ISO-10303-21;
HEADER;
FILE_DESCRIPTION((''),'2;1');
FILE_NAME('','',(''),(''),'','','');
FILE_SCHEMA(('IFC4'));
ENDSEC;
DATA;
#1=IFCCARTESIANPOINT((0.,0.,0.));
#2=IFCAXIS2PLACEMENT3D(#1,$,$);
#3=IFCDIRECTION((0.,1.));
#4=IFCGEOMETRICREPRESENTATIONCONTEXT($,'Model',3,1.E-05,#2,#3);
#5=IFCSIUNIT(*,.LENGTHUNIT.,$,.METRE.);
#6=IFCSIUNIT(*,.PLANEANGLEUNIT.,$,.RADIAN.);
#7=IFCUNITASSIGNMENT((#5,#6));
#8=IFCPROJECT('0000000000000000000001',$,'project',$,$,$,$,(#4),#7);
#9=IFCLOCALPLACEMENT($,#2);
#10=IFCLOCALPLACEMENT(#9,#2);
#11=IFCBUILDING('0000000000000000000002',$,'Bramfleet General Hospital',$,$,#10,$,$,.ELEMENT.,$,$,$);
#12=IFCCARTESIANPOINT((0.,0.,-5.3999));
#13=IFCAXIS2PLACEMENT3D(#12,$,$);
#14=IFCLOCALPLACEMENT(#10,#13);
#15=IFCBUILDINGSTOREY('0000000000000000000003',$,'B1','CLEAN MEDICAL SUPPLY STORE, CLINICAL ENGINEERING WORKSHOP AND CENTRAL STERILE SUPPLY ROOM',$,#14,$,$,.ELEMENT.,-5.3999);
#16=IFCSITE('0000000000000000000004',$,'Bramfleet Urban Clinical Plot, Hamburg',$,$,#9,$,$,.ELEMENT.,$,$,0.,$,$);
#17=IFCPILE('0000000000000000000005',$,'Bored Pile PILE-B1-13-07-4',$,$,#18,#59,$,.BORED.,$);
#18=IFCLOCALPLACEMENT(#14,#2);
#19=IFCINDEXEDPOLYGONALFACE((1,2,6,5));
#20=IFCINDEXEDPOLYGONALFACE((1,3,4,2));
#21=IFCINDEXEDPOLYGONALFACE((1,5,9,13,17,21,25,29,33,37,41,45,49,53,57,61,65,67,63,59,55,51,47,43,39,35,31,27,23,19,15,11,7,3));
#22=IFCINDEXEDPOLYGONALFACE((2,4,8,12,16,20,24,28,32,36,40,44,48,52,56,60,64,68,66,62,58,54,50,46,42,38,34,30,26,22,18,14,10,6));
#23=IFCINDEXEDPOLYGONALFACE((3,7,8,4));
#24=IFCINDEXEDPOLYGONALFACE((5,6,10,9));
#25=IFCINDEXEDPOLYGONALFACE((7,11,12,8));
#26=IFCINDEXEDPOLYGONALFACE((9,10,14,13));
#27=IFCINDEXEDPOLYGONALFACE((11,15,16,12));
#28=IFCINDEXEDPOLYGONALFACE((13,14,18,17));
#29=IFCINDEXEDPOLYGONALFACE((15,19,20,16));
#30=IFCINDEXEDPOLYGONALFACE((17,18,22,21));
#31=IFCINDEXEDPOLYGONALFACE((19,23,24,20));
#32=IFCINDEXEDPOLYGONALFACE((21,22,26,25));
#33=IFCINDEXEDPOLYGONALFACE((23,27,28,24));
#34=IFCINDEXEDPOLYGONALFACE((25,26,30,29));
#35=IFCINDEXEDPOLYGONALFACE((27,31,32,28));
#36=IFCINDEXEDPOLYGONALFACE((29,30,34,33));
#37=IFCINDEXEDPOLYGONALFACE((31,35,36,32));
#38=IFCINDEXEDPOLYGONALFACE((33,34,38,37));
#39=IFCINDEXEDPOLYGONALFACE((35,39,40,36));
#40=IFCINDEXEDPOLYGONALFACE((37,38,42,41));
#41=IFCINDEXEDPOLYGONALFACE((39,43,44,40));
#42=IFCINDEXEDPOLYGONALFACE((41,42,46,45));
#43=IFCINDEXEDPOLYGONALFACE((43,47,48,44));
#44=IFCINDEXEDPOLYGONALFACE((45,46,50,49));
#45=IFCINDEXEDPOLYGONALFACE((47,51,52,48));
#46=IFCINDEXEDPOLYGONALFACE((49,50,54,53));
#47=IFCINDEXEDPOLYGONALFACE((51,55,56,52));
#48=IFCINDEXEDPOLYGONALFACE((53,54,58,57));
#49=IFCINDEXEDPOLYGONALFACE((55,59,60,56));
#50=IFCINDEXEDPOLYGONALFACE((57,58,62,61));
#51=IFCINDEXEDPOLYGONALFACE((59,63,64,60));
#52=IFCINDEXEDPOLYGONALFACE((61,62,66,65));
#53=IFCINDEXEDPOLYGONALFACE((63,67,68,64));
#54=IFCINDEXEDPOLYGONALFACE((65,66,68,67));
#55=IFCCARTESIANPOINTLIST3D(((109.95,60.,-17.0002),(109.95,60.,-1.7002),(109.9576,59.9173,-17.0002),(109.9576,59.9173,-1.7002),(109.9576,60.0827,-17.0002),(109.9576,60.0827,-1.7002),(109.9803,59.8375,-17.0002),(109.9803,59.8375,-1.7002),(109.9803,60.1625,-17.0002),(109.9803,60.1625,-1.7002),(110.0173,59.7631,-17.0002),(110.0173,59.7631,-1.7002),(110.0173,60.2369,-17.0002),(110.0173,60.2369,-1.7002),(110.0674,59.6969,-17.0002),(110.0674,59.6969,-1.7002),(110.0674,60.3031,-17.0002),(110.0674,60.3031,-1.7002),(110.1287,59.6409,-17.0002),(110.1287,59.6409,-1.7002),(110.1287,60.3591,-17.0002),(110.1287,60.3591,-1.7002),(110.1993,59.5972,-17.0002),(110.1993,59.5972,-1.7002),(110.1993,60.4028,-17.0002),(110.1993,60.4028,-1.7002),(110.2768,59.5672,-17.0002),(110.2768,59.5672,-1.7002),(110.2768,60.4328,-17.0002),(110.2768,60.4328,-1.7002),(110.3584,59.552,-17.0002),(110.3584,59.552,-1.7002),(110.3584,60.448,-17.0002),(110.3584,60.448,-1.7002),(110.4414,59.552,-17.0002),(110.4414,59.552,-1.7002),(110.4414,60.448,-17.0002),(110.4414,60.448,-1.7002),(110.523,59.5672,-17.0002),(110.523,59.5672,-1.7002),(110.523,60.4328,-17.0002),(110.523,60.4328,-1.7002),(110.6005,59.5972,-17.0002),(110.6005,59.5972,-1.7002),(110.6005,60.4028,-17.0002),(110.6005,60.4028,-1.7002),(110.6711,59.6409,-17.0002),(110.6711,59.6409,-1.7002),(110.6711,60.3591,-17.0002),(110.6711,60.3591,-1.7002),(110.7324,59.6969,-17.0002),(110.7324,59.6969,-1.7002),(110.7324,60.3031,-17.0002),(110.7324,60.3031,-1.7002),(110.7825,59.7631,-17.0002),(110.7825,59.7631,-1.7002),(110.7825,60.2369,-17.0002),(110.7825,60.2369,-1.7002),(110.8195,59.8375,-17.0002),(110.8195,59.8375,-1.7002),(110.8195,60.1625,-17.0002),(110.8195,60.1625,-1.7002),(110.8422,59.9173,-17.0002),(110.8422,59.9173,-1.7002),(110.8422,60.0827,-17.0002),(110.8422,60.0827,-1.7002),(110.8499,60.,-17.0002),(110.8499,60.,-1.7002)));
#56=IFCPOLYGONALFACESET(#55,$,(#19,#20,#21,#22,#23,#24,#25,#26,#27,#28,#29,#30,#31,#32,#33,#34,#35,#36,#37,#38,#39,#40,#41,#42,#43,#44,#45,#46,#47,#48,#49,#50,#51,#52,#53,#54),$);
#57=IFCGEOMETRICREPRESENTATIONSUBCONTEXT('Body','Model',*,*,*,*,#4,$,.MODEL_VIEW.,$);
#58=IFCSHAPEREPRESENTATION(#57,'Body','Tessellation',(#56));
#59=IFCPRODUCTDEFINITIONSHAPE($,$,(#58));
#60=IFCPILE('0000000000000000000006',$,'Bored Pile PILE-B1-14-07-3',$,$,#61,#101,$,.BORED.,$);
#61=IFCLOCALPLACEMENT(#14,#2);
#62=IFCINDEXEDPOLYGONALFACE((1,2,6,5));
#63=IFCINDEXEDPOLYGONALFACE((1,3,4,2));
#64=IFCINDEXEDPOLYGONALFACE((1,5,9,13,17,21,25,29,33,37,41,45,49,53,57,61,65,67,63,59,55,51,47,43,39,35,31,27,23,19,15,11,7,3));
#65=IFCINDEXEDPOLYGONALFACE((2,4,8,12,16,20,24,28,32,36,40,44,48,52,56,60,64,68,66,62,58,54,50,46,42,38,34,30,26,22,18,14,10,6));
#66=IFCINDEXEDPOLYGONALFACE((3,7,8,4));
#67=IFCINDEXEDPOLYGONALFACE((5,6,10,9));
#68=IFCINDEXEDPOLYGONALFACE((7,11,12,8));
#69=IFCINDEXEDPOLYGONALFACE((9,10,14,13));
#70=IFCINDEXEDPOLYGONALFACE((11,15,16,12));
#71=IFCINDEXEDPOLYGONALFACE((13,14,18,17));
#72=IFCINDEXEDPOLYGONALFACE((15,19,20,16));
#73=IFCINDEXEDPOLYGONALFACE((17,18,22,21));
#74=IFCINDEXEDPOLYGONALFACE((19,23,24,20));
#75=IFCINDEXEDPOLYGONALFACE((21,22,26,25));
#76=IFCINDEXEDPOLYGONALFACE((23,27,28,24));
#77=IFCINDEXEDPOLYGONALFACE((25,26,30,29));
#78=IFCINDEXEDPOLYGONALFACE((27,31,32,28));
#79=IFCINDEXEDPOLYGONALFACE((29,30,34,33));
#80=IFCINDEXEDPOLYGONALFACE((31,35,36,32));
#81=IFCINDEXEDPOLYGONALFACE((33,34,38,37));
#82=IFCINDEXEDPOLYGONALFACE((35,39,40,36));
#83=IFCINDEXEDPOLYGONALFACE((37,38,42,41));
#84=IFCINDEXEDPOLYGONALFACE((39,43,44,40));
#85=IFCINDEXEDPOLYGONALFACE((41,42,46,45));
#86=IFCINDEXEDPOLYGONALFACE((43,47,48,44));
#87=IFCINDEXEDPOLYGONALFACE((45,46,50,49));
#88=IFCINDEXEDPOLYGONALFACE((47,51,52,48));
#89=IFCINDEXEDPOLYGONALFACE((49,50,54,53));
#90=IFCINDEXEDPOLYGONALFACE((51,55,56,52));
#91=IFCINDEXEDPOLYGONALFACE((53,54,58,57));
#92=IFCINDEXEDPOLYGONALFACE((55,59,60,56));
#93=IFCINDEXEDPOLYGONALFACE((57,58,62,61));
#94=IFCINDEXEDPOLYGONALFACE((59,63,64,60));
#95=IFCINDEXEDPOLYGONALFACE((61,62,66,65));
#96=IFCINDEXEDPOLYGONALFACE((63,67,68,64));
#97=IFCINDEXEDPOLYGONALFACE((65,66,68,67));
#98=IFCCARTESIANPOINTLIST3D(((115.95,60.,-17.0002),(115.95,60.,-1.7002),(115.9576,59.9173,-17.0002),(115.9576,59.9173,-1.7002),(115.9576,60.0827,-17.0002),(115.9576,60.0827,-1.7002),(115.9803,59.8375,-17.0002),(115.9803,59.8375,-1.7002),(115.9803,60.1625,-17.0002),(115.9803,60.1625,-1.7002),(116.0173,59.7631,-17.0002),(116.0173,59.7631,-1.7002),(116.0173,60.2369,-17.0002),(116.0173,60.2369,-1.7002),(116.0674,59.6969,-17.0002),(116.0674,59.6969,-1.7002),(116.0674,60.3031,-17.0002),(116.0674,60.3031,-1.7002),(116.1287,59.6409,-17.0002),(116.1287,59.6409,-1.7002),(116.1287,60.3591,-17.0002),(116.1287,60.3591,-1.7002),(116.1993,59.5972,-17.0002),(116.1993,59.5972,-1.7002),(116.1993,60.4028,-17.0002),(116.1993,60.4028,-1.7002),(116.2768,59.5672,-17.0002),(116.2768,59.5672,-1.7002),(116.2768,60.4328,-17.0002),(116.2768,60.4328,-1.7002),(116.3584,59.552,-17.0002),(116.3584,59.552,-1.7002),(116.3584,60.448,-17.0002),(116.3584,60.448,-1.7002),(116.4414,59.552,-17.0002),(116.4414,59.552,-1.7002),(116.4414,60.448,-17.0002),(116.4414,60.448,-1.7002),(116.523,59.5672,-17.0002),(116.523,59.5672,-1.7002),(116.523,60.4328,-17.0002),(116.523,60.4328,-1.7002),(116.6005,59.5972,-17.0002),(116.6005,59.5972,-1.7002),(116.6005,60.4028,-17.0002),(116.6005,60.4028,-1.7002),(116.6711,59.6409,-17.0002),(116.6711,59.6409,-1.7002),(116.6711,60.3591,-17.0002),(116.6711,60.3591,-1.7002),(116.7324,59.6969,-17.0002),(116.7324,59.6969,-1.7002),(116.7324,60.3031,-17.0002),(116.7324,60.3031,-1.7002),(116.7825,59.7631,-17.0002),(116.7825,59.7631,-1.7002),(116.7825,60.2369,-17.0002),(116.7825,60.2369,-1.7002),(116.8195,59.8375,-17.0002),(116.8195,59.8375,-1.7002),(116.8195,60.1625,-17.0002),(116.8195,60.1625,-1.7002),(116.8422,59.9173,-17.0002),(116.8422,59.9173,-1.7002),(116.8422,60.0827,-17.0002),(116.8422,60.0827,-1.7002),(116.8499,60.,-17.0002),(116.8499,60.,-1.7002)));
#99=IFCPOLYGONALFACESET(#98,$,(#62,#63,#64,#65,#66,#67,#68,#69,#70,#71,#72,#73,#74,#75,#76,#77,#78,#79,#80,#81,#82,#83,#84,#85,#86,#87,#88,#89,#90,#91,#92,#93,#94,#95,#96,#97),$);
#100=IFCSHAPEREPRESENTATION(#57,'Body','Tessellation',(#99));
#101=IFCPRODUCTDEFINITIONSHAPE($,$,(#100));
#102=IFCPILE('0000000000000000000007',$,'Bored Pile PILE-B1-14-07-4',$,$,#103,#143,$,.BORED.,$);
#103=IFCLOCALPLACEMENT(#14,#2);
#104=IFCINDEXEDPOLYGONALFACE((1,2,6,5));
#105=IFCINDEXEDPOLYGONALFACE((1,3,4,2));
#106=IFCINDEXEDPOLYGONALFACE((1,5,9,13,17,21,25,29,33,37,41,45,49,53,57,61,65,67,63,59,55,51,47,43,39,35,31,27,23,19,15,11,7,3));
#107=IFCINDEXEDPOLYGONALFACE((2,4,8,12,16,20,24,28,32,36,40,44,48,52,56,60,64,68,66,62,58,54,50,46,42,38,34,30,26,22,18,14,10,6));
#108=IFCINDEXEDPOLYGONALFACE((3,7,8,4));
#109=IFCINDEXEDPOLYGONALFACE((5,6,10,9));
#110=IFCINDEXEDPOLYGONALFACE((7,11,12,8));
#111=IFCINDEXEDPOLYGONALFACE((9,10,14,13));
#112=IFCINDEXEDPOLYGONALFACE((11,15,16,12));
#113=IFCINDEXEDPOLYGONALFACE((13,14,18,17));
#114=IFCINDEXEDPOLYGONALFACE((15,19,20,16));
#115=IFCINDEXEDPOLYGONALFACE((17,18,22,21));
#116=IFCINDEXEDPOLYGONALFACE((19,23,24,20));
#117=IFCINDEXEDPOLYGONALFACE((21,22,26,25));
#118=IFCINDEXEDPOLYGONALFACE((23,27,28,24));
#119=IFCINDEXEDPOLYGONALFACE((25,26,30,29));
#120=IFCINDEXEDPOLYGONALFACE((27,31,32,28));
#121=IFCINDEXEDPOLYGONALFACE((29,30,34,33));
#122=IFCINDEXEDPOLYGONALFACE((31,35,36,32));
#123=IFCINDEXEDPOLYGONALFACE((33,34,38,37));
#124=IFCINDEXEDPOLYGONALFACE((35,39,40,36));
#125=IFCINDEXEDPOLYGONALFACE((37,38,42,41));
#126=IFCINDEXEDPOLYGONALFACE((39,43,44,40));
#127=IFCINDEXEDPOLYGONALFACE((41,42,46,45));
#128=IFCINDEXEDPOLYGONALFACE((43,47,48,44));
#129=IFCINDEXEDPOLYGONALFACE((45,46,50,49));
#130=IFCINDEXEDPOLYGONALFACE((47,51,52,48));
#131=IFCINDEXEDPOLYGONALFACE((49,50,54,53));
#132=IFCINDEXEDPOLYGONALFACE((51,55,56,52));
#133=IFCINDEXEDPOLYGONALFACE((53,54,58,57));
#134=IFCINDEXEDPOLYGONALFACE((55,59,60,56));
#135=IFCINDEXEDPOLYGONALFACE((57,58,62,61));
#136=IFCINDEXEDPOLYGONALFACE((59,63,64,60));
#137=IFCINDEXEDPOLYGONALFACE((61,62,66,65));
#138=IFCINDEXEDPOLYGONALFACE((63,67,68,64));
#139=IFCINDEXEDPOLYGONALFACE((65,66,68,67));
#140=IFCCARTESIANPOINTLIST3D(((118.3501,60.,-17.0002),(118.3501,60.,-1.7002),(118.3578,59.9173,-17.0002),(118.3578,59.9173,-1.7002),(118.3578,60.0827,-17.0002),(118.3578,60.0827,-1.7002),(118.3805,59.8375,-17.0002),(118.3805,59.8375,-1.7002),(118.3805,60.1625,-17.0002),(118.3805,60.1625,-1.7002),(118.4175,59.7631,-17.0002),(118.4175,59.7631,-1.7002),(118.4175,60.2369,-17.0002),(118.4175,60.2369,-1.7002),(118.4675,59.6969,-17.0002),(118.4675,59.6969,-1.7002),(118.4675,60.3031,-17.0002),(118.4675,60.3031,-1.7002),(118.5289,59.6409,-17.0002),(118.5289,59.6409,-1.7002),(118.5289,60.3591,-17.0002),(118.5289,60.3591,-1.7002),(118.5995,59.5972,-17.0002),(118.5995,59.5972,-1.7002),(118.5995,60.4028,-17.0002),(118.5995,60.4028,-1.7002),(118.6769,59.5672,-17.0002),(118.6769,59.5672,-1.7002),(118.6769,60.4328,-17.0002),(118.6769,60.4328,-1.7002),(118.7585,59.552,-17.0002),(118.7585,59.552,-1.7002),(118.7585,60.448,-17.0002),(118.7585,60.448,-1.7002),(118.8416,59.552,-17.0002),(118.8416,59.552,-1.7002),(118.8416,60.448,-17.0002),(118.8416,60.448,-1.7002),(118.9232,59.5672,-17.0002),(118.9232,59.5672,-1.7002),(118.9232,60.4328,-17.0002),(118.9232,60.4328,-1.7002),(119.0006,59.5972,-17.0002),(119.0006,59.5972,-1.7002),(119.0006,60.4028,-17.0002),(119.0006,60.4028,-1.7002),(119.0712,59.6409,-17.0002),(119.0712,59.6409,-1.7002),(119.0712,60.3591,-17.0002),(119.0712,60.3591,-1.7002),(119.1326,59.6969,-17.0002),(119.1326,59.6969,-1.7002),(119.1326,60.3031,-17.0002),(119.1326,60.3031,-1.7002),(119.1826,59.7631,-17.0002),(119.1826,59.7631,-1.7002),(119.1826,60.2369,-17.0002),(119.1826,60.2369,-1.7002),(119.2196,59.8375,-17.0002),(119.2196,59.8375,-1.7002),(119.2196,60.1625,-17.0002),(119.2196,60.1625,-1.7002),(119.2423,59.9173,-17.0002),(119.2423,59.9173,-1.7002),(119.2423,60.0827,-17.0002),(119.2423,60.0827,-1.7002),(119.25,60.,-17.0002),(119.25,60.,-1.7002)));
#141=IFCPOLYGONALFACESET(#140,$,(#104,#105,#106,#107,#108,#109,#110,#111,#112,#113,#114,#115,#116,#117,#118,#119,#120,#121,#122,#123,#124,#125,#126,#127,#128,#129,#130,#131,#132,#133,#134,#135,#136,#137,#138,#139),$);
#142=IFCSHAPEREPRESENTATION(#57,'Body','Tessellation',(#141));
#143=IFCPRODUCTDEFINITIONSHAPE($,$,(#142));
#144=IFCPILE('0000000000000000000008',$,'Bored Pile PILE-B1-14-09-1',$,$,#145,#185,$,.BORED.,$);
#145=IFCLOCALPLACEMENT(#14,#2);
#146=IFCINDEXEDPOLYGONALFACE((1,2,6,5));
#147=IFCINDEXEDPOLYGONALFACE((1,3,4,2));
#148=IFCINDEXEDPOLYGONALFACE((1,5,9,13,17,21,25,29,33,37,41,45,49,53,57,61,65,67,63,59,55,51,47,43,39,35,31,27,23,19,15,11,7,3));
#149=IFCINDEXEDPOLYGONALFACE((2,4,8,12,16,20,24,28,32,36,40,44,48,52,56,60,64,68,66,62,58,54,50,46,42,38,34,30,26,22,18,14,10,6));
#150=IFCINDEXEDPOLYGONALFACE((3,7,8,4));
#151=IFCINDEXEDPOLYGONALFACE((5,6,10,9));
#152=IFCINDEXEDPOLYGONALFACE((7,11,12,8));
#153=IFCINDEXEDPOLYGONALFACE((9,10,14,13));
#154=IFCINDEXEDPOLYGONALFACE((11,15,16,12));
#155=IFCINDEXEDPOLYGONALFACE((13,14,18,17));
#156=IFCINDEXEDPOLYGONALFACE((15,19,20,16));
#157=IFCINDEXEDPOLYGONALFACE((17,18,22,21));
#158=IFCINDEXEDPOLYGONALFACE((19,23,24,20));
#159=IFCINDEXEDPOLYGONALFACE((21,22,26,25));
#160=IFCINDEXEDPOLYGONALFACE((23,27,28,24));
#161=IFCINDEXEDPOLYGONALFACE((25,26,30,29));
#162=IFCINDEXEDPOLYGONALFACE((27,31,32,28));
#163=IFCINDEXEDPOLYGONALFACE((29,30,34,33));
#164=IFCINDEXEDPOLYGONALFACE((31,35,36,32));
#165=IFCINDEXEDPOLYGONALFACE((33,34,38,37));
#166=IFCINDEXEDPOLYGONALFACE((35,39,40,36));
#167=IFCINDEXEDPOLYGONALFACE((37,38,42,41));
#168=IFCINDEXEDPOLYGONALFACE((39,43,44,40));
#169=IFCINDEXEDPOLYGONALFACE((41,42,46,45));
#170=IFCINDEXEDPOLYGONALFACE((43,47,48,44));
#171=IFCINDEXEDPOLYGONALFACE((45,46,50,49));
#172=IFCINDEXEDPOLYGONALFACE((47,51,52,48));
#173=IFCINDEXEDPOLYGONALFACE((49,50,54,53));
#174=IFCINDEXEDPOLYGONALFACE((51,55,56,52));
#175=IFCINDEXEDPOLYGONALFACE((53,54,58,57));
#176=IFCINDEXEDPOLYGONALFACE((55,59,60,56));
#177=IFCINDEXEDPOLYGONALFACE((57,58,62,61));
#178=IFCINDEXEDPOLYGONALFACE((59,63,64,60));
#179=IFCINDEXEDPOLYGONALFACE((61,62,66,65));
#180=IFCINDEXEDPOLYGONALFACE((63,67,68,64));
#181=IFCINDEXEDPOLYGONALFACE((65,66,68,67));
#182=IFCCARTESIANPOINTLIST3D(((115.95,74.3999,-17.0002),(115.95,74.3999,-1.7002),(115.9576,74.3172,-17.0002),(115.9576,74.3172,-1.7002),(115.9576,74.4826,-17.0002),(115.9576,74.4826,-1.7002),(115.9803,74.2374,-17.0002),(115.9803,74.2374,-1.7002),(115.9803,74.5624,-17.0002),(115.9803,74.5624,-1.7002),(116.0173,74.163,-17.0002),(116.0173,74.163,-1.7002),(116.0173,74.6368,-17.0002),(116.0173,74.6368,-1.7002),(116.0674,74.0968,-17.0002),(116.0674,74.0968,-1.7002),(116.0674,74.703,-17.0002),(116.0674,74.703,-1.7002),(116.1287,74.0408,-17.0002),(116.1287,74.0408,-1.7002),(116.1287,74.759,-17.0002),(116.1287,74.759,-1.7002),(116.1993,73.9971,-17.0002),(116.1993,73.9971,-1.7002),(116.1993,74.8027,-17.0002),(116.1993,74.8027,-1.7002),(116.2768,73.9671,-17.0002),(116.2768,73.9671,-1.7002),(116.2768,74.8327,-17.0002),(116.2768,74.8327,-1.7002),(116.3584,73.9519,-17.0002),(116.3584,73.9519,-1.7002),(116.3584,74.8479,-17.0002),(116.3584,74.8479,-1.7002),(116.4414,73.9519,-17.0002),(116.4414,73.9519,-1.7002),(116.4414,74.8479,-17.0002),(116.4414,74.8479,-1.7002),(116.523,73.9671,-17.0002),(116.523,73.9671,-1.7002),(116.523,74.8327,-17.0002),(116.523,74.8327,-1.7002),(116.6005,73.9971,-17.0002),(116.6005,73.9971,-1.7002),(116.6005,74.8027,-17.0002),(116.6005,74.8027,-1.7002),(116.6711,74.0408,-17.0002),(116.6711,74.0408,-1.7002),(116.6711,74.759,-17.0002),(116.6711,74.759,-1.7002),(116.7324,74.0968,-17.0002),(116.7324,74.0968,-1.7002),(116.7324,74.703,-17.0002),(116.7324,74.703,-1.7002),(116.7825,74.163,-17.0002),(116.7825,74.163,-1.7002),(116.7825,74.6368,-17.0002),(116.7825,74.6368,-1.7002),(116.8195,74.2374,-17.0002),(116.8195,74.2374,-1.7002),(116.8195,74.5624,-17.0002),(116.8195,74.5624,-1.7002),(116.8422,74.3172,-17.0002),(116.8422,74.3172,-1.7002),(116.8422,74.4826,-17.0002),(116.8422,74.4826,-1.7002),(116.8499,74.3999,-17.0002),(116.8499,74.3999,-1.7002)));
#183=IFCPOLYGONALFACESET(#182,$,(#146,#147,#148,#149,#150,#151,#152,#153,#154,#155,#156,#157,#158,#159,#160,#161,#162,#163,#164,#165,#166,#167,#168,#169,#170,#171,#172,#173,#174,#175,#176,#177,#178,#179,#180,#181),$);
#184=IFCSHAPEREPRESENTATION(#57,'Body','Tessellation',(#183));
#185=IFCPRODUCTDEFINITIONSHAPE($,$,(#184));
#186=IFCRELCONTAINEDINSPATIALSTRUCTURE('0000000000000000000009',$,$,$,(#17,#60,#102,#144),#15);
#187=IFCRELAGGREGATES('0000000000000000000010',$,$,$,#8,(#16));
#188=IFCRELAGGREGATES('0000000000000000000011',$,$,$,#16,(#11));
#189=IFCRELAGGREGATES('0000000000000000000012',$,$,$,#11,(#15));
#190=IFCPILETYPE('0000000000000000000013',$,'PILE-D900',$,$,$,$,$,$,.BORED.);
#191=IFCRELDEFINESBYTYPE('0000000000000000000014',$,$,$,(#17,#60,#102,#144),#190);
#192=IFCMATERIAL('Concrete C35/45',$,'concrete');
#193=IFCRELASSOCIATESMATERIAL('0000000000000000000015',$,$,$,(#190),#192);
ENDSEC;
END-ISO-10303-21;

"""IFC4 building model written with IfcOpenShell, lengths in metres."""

from ifc_helpers import new_model, si_unit, direction, frame, origin, origin_2d, place, context, subcontext, project, spatial, circle, extrude, material, material_profile, profile_set, type_object, element, save


model = new_model("IFC4")

# Units and contexts
model_context = context("Model", 3, precision=1e-05, world=origin(), true_north=direction((0.0, 1.0)))
body_context = subcontext(model_context, "Body", "Model", "MODEL_VIEW")
ifc_project = project(units=[si_unit("LENGTHUNIT", "METRE"), si_unit("PLANEANGLEUNIT", "RADIAN")], contexts=[model_context])

# Site, building, storey
site_placement = place(None, origin())
site = spatial("IfcSite", under=ifc_project, at=site_placement, Name="Bramfleet Urban Clinical Plot, Hamburg", CompositionType="ELEMENT", RefElevation=0.0)
building_placement = place(site_placement, origin())
building = spatial("IfcBuilding", under=site, at=building_placement, Name="Bramfleet General Hospital", CompositionType="ELEMENT")
storey_placement = place(building_placement, frame((0.0, 0.0, -5.3999)))
storey = spatial("IfcBuildingStorey", under=building, at=storey_placement, Name="B1", Description="CLEAN MEDICAL SUPPLY STORE, CLINICAL ENGINEERING WORKSHOP AND CENTRAL STERILE SUPPLY ROOM", CompositionType="ELEMENT", Elevation=-5.3999)

# Shared definitions
ifc_material_1 = material(Name="Concrete C35/45", Category="concrete")

# Piles
ifc_material_profile_1 = material_profile(ifc_material_1, circle(Radius=0.45, at=origin_2d()), Name="PILE BORED D900")
ifc_profile_set_1 = profile_set([ifc_material_profile_1], Name="Concrete C35/45")
pile_type_1 = type_object("IfcPileType", Name="PILE-D900", PredefinedType="BORED", material=ifc_profile_set_1)
for number, where, z_axis, x_axis, name in (
    (1, (110.3999, 60.0, -1.7002), (0.0, 0.0, -1.0), (1.0, 0.0, 0.0), "Bored Pile PILE-B1-13-07-4"),
    (2, (116.3999, 60.0, -1.7002), (0.0, 0.0, -1.0), (1.0, 0.0, 0.0), "Bored Pile PILE-B1-14-07-3"),
    (3, (118.8, 60.0, -1.7002), (0.0, 0.0, -1.0), (1.0, 0.0, 0.0), "Bored Pile PILE-B1-14-07-4"),
    (4, (116.3999, 74.3999, -1.7002), (0.0, 0.0, -1.0), (1.0, 0.0, 0.0), "Bored Pile PILE-B1-14-09-1"),
):
    element("IfcPile", number, at=place(storey_placement, frame(where, z_axis=z_axis, x_axis=x_axis)), inside=storey, type_object=pile_type_1, Name=name, PredefinedType="BORED", context=body_context, shape_type="SweptSolid", body=[
        extrude(circle(Radius=0.45, at=origin_2d()), origin(), (0.0, 0.0, 1.0), 15.3),
    ])

save(model, "model.ifc")
